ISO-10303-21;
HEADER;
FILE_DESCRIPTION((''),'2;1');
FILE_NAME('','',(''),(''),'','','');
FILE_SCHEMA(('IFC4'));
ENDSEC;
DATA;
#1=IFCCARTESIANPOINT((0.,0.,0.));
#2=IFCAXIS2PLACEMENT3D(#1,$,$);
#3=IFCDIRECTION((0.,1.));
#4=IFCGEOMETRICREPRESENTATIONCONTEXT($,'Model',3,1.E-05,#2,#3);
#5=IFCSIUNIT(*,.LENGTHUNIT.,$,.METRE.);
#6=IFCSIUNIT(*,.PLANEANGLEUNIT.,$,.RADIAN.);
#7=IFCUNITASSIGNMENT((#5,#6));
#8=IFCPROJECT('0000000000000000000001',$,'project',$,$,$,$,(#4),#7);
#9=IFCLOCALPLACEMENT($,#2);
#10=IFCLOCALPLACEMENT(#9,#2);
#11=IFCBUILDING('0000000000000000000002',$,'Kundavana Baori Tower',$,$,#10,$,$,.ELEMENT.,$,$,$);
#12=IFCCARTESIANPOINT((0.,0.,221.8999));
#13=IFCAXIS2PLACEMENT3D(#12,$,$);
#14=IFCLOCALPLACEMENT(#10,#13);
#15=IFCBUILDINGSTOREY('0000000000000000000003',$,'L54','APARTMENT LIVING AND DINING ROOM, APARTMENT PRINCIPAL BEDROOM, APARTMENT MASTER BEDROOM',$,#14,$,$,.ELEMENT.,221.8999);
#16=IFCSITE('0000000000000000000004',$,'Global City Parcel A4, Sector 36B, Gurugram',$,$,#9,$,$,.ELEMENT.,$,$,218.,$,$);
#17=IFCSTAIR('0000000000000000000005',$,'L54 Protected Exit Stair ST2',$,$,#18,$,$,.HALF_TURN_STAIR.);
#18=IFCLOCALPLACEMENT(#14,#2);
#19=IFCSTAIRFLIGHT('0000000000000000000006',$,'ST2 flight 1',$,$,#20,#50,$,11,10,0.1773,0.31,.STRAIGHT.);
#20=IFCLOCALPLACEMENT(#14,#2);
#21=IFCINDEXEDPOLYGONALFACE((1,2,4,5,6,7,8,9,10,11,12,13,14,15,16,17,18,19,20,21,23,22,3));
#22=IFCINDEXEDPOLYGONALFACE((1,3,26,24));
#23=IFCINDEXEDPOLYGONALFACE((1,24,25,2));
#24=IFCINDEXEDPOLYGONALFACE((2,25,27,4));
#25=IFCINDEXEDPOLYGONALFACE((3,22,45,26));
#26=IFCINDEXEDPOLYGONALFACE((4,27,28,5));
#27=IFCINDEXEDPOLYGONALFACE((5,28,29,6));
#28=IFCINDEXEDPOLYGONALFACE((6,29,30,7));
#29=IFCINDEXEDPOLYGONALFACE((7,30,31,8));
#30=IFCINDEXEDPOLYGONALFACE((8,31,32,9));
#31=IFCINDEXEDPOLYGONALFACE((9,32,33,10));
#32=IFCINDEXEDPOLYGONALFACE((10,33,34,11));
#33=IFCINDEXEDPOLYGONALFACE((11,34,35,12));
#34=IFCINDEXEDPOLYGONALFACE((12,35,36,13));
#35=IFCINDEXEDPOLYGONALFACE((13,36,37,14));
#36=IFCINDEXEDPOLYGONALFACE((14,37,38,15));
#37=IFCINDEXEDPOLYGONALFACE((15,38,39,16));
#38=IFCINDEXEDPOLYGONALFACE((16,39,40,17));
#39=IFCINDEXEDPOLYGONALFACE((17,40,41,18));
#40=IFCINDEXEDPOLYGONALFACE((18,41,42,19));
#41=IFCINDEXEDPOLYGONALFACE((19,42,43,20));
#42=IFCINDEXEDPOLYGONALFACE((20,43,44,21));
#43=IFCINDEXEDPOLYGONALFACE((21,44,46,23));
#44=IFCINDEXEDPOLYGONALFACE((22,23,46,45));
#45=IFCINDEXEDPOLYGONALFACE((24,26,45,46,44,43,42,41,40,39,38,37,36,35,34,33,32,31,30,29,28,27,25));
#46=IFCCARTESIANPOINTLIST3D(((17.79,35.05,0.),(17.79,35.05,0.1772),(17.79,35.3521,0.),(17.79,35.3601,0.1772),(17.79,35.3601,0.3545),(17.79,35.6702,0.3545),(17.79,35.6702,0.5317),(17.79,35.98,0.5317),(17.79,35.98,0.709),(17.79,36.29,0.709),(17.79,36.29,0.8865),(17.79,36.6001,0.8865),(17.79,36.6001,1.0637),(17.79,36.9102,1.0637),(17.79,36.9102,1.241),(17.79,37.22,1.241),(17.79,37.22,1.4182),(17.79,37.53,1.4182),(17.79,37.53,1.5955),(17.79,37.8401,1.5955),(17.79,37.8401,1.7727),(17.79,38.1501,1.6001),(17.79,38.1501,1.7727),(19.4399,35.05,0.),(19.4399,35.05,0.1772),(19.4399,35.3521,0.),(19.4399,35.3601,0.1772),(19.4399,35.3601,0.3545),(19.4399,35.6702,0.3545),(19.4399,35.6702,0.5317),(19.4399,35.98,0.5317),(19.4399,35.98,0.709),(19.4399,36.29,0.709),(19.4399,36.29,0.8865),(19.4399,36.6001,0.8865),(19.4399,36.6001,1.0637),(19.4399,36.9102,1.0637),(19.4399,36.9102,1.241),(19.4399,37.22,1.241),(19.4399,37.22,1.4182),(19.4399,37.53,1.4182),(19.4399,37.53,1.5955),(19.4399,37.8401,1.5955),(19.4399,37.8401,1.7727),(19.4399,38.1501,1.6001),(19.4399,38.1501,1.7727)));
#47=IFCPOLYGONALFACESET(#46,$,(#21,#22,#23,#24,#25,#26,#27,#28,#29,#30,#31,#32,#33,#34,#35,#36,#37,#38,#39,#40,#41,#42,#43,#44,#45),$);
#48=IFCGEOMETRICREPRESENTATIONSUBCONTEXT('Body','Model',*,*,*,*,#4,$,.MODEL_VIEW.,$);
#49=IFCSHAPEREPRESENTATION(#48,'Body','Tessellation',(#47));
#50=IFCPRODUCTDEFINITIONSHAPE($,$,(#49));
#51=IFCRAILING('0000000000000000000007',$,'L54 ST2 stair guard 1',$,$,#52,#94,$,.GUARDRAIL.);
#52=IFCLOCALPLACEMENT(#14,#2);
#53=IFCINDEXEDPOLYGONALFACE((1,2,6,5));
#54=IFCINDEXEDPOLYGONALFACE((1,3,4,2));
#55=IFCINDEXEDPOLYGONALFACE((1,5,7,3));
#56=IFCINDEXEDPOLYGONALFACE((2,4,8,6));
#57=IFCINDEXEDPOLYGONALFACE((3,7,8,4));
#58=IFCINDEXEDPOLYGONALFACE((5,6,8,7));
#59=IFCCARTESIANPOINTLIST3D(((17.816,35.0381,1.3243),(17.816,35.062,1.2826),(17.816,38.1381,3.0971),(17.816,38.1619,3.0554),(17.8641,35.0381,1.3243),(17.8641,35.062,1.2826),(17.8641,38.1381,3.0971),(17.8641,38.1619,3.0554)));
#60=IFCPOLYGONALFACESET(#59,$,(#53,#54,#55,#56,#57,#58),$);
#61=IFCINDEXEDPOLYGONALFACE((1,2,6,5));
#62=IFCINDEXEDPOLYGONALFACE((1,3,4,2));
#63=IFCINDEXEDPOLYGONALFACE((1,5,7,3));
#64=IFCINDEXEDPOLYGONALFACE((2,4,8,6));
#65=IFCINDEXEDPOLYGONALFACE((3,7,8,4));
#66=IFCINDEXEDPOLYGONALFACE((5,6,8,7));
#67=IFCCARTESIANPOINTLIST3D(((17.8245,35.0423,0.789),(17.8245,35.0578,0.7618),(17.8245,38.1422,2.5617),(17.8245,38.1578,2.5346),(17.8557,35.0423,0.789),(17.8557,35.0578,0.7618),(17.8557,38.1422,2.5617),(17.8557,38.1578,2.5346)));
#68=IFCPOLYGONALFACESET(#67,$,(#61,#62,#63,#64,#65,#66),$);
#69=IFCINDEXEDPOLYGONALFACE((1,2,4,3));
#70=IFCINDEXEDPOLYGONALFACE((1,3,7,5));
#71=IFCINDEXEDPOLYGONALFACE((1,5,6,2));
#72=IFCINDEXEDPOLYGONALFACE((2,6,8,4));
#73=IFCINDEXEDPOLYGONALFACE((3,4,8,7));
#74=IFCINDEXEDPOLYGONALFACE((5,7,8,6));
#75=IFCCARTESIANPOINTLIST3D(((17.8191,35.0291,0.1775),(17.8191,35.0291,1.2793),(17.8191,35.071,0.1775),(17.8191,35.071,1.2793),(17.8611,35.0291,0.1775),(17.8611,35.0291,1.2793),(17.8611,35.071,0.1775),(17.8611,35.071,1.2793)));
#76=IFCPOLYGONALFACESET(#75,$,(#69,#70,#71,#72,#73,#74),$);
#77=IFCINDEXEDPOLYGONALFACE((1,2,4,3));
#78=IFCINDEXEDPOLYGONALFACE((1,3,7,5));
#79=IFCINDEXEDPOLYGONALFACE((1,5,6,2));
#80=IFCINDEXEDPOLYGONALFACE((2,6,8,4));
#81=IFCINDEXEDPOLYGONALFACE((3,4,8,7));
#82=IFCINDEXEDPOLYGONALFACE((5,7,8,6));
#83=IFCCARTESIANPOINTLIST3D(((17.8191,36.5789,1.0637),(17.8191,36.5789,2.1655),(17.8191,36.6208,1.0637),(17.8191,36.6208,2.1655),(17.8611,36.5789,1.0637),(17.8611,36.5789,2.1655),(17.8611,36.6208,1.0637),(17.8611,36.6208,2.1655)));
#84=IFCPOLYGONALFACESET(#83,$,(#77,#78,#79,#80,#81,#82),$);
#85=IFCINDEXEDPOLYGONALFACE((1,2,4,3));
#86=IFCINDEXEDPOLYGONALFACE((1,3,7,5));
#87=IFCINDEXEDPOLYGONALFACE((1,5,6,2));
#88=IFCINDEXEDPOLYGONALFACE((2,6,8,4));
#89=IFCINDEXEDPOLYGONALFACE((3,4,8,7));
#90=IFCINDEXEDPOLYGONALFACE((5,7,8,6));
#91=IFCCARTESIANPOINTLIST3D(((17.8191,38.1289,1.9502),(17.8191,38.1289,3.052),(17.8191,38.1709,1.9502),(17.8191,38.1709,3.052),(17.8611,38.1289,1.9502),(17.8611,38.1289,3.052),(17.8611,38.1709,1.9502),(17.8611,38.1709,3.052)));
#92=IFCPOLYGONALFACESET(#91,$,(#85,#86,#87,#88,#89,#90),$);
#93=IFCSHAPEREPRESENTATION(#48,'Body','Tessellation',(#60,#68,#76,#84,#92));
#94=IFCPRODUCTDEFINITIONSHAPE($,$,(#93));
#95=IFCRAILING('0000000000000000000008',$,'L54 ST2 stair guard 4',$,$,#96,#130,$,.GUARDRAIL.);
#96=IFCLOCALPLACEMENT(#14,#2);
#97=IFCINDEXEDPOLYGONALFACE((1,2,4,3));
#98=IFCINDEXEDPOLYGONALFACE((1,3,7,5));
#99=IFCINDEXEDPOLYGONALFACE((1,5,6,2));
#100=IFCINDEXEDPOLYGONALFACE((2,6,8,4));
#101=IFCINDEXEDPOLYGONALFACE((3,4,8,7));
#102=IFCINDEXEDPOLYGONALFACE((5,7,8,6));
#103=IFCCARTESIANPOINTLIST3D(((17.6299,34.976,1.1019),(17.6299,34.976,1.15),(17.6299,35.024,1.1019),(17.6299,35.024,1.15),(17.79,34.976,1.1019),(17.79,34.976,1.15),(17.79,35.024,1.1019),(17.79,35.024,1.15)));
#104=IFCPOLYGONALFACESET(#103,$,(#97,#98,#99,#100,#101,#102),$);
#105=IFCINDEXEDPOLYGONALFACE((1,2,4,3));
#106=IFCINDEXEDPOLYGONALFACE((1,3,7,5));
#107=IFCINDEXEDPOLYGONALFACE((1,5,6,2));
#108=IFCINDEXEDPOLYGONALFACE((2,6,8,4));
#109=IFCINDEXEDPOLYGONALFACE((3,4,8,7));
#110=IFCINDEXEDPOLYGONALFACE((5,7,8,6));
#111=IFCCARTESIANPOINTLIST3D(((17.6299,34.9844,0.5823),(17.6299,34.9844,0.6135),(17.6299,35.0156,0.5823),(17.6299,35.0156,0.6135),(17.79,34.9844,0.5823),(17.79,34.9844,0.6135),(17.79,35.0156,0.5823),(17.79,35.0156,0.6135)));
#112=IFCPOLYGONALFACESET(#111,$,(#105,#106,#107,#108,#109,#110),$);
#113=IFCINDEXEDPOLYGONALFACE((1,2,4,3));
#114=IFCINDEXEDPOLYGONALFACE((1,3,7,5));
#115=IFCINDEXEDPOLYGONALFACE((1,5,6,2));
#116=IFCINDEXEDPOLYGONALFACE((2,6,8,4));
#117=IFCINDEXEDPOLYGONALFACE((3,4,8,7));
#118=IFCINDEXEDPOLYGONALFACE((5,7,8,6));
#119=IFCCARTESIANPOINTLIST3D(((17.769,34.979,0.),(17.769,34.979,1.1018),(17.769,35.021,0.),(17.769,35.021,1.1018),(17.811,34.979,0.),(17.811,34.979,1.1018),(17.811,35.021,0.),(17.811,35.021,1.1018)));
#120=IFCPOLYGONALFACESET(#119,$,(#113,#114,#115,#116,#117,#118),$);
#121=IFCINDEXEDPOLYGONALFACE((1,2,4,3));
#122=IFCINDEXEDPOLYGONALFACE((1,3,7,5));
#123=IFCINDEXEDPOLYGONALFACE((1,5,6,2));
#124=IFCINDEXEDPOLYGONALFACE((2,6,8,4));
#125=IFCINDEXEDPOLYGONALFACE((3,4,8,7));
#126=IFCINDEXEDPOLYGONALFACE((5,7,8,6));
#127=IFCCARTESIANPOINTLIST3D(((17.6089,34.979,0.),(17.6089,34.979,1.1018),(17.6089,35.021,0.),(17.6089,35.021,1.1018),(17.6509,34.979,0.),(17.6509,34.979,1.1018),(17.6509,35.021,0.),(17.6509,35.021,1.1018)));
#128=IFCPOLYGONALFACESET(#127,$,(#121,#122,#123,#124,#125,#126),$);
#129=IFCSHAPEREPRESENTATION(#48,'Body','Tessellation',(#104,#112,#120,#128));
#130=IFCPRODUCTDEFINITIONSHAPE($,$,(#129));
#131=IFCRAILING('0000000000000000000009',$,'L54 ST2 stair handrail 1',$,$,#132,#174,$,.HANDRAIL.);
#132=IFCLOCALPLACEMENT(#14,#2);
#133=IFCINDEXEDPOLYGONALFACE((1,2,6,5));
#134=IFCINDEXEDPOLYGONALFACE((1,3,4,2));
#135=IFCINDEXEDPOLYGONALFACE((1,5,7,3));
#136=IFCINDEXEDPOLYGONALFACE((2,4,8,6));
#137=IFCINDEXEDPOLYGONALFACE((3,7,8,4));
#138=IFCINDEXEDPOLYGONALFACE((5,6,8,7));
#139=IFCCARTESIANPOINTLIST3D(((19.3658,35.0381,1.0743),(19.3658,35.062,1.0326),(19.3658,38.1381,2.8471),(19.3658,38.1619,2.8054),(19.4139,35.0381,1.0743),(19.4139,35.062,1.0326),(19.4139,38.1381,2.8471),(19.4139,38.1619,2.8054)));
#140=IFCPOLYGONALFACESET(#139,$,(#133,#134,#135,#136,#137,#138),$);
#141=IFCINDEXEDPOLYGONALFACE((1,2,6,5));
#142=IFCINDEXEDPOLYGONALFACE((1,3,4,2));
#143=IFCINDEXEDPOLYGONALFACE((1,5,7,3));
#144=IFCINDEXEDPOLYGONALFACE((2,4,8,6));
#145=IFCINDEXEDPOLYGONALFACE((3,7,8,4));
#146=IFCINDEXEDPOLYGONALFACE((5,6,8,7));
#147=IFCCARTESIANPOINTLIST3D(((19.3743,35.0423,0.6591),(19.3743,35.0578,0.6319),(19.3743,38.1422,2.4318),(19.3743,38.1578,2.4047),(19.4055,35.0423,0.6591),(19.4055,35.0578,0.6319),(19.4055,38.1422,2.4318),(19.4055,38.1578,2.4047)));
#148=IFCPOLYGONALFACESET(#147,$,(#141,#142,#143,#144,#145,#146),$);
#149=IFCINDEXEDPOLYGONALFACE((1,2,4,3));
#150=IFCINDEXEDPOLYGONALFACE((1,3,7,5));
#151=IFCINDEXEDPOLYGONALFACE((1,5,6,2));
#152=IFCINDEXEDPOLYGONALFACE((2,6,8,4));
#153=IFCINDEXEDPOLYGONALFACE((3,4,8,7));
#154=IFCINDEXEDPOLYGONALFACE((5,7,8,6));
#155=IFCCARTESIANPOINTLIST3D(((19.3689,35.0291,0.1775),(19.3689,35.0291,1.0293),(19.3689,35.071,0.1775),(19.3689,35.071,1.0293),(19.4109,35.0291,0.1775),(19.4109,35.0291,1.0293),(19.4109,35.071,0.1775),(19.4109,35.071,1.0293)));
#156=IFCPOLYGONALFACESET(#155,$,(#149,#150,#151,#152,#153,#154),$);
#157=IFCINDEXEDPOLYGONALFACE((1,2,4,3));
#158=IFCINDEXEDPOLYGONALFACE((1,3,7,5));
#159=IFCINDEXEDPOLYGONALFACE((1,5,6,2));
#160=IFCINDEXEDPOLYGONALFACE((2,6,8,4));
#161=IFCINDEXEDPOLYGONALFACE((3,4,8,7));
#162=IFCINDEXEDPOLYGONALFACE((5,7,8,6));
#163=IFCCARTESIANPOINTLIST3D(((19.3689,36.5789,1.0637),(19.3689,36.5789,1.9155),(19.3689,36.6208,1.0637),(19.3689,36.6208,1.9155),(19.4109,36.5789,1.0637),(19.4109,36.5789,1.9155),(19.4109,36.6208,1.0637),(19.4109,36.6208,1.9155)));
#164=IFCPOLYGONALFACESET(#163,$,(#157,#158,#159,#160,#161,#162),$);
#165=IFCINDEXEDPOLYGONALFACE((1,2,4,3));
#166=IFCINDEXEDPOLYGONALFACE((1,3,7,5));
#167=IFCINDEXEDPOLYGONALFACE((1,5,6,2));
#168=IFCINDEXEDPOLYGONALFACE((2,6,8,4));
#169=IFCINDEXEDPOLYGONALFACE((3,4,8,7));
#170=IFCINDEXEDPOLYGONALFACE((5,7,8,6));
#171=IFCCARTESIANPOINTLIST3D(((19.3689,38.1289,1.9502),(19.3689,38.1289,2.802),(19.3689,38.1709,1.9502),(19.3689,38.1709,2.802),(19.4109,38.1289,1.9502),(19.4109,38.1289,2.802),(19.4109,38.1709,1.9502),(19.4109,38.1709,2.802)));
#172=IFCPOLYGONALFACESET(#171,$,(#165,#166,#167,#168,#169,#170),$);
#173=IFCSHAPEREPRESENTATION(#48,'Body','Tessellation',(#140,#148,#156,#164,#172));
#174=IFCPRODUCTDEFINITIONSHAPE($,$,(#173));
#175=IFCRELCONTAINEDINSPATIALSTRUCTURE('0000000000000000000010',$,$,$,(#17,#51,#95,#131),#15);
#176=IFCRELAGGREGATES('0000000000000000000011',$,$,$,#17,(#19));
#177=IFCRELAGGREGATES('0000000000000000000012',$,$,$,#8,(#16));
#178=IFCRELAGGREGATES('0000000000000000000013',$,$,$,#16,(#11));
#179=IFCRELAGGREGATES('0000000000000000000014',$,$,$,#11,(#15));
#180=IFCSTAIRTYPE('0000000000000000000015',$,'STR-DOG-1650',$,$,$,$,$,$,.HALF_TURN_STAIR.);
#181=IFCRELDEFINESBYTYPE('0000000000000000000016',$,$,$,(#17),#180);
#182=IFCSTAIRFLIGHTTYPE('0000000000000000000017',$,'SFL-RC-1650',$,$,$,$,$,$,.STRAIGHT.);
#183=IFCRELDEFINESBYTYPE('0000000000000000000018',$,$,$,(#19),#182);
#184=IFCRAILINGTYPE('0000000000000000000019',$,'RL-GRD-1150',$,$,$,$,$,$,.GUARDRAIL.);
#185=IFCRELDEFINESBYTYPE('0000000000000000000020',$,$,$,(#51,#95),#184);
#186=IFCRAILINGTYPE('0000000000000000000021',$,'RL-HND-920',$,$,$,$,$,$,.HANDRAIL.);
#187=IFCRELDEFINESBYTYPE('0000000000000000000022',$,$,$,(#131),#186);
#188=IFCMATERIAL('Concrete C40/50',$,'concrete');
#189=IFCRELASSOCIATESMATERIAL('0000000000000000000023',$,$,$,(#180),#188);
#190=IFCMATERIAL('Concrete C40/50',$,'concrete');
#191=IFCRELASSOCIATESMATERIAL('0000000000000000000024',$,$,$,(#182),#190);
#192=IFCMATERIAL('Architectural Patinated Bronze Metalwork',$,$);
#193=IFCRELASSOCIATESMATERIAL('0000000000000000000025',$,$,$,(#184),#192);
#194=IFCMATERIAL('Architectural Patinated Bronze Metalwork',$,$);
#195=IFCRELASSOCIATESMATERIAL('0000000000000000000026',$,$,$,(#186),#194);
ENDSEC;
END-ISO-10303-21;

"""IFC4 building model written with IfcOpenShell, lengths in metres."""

from ifc_helpers import new_model, si_unit, direction, frame, origin, origin_2d, place, context, subcontext, project, spatial, polyline, rectangle, outline, extrude, material, type_object, element, aggregate, save


model = new_model("IFC4")

# Units and contexts
model_context = context("Model", 3, precision=1e-05, world=origin(), true_north=direction((0.0, 1.0)))
body_context = subcontext(model_context, "Body", "Model", "MODEL_VIEW")
ifc_project = project(units=[si_unit("LENGTHUNIT", "METRE"), si_unit("PLANEANGLEUNIT", "RADIAN")], contexts=[model_context])

# Site, building, storey
site_placement = place(None, origin())
site = spatial("IfcSite", under=ifc_project, at=site_placement, Name="Global City Parcel A4, Sector 36B, Gurugram", CompositionType="ELEMENT", RefElevation=218.0)
building_placement = place(site_placement, origin())
building = spatial("IfcBuilding", under=site, at=building_placement, Name="Kundavana Baori Tower", CompositionType="ELEMENT")
storey_placement = place(building_placement, frame((0.0, 0.0, 221.8999)))
storey = spatial("IfcBuildingStorey", under=building, at=storey_placement, Name="L54", Description="APARTMENT LIVING AND DINING ROOM, APARTMENT PRINCIPAL BEDROOM, APARTMENT MASTER BEDROOM", CompositionType="ELEMENT", Elevation=221.8999)

# Stair, stair flight
ifc_material_1 = material(Name="Concrete C40/50", Category="concrete")
stair_type = type_object("IfcStairType", Name="STR-DOG-1650", PredefinedType="HALF_TURN_STAIR", material=ifc_material_1)
stair_placement = place(storey_placement, origin())
stair = element("IfcStair", 1, at=stair_placement, inside=storey, type_object=stair_type, Name="L54 Protected Exit Stair ST2", PredefinedType="HALF_TURN_STAIR")
ifc_material_2 = material(Name="Concrete C40/50", Category="concrete")
stair_flight_type = type_object("IfcStairFlightType", Name="SFL-RC-1650", PredefinedType="STRAIGHT", material=ifc_material_2)
stair_flight_placement = place(storey_placement, frame((18.615, 35.05, 0.0), z_axis=(0.0, 0.0, 1.0), x_axis=(0.0, 1.0, 0.0)))
stair_flight = element("IfcStairFlight", 2, at=stair_flight_placement, type_object=stair_flight_type, Name="ST2 flight 1", NumberOfRisers=11, NumberOfTreads=10, PredefinedType="STRAIGHT", RiserHeight=0.1773, TreadLength=0.31, context=body_context, shape_type="SweptSolid", body=[
    extrude(outline(polyline([(0.0, 0.0), (0.0, 0.1772), (0.3101, 0.1772), (0.3101, 0.3545), (0.6201, 0.3545), (0.6201, 0.5317), (0.9299, 0.5317), (0.9299, 0.709), (1.24, 0.709), (1.24, 0.8865), (1.55, 0.8865), (1.55, 1.0637), (1.8601, 1.0637), (1.8601, 1.241), (2.1699, 1.241), (2.1699, 1.4182), (2.48, 1.4182), (2.48, 1.5955), (2.79, 1.5955), (2.79, 1.7727), (3.1001, 1.7727), (3.1001, 1.95), (3.1001, 1.6001), (0.302, 0.0), (0.0, 0.0)])), frame((0.0, 0.825, 0.0), z_axis=(0.0, -1.0, 0.0), x_axis=(1.0, 0.0, 0.0)), (0.0, 0.0, 1.0), 1.6499),
])
aggregate(stair, [stair_flight])

# Railings
ifc_material_3 = material(Name="Architectural Patinated Bronze Metalwork")
railing_type_1 = type_object("IfcRailingType", Name="RL-GRD-1150", PredefinedType="GUARDRAIL", material=ifc_material_3)
railing_1_placement = place(storey_placement, frame((17.8401, 35.05, 0.1775)))
element("IfcRailing", 3, at=railing_1_placement, inside=storey, type_object=railing_type_1, Name="L54 ST2 stair guard 1", PredefinedType="GUARDRAIL", context=body_context, shape_type="SweptSolid", body=[
    extrude(rectangle(XDim=0.0481, YDim=0.0481, at=origin_2d()), frame((0.0, 0.0, 1.126), z_axis=(0.0, 0.868079, 0.496426), x_axis=(-1.0, 0.0, 0.0)), (0.0, 0.0, 1.0), 3.571),
    extrude(rectangle(XDim=0.0312, YDim=0.0312, at=origin_2d()), frame((0.0, 0.0, 0.5979), z_axis=(0.0, 0.868079, 0.496426), x_axis=(-1.0, 0.0, 0.0)), (0.0, 0.0, 1.0), 3.571),
    extrude(rectangle(XDim=0.042, YDim=0.042, at=origin_2d()), origin(), (0.0, 0.0, 1.0), 1.1018),
    extrude(rectangle(XDim=0.042, YDim=0.042, at=origin_2d()), frame((0.0, 1.5498, 0.8862)), (0.0, 0.0, 1.0), 1.1018),
    extrude(rectangle(XDim=0.042, YDim=0.042, at=origin_2d()), frame((0.0, 3.0999, 1.7727)), (0.0, 0.0, 1.0), 1.1018),
])
railing_2_placement = place(storey_placement, frame((17.79, 35.0, 0.0)))
element("IfcRailing", 4, at=railing_2_placement, inside=storey, type_object=railing_type_1, Name="L54 ST2 stair guard 4", PredefinedType="GUARDRAIL", context=body_context, shape_type="SweptSolid", body=[
    extrude(rectangle(XDim=0.0481, YDim=0.0481, at=origin_2d()), frame((0.0, 0.0, 1.126), z_axis=(-1.0, 0.0, 0.0), x_axis=(0.0, -1.0, 0.0)), (0.0, 0.0, 1.0), 0.1602),
    extrude(rectangle(XDim=0.0312, YDim=0.0312, at=origin_2d()), frame((0.0, 0.0, 0.5979), z_axis=(-1.0, 0.0, 0.0), x_axis=(0.0, -1.0, 0.0)), (0.0, 0.0, 1.0), 0.1602),
    extrude(rectangle(XDim=0.042, YDim=0.042, at=origin_2d()), origin(), (0.0, 0.0, 1.0), 1.1018),
    extrude(rectangle(XDim=0.042, YDim=0.042, at=origin_2d()), frame((-0.1602, 0.0, 0.0)), (0.0, 0.0, 1.0), 1.1018),
])
ifc_material_4 = material(Name="Architectural Patinated Bronze Metalwork")
railing_type_2 = type_object("IfcRailingType", Name="RL-HND-920", PredefinedType="HANDRAIL", material=ifc_material_4)
railing_3_placement = place(storey_placement, frame((19.3899, 35.05, 0.1775)))
element("IfcRailing", 5, at=railing_3_placement, inside=storey, type_object=railing_type_2, Name="L54 ST2 stair handrail 1", PredefinedType="HANDRAIL", context=body_context, shape_type="SweptSolid", body=[
    extrude(rectangle(XDim=0.0481, YDim=0.0481, at=origin_2d()), frame((0.0, 0.0, 0.876), z_axis=(0.0, 0.868079, 0.496426), x_axis=(-1.0, 0.0, 0.0)), (0.0, 0.0, 1.0), 3.571),
    extrude(rectangle(XDim=0.0312, YDim=0.0312, at=origin_2d()), frame((0.0, 0.0, 0.468), z_axis=(0.0, 0.868079, 0.496426), x_axis=(-1.0, 0.0, 0.0)), (0.0, 0.0, 1.0), 3.571),
    extrude(rectangle(XDim=0.042, YDim=0.042, at=origin_2d()), origin(), (0.0, 0.0, 1.0), 0.8518),
    extrude(rectangle(XDim=0.042, YDim=0.042, at=origin_2d()), frame((0.0, 1.5498, 0.8862)), (0.0, 0.0, 1.0), 0.8518),
    extrude(rectangle(XDim=0.042, YDim=0.042, at=origin_2d()), frame((0.0, 3.0999, 1.7727)), (0.0, 0.0, 1.0), 0.8518),
])

save(model, "model.ifc")
